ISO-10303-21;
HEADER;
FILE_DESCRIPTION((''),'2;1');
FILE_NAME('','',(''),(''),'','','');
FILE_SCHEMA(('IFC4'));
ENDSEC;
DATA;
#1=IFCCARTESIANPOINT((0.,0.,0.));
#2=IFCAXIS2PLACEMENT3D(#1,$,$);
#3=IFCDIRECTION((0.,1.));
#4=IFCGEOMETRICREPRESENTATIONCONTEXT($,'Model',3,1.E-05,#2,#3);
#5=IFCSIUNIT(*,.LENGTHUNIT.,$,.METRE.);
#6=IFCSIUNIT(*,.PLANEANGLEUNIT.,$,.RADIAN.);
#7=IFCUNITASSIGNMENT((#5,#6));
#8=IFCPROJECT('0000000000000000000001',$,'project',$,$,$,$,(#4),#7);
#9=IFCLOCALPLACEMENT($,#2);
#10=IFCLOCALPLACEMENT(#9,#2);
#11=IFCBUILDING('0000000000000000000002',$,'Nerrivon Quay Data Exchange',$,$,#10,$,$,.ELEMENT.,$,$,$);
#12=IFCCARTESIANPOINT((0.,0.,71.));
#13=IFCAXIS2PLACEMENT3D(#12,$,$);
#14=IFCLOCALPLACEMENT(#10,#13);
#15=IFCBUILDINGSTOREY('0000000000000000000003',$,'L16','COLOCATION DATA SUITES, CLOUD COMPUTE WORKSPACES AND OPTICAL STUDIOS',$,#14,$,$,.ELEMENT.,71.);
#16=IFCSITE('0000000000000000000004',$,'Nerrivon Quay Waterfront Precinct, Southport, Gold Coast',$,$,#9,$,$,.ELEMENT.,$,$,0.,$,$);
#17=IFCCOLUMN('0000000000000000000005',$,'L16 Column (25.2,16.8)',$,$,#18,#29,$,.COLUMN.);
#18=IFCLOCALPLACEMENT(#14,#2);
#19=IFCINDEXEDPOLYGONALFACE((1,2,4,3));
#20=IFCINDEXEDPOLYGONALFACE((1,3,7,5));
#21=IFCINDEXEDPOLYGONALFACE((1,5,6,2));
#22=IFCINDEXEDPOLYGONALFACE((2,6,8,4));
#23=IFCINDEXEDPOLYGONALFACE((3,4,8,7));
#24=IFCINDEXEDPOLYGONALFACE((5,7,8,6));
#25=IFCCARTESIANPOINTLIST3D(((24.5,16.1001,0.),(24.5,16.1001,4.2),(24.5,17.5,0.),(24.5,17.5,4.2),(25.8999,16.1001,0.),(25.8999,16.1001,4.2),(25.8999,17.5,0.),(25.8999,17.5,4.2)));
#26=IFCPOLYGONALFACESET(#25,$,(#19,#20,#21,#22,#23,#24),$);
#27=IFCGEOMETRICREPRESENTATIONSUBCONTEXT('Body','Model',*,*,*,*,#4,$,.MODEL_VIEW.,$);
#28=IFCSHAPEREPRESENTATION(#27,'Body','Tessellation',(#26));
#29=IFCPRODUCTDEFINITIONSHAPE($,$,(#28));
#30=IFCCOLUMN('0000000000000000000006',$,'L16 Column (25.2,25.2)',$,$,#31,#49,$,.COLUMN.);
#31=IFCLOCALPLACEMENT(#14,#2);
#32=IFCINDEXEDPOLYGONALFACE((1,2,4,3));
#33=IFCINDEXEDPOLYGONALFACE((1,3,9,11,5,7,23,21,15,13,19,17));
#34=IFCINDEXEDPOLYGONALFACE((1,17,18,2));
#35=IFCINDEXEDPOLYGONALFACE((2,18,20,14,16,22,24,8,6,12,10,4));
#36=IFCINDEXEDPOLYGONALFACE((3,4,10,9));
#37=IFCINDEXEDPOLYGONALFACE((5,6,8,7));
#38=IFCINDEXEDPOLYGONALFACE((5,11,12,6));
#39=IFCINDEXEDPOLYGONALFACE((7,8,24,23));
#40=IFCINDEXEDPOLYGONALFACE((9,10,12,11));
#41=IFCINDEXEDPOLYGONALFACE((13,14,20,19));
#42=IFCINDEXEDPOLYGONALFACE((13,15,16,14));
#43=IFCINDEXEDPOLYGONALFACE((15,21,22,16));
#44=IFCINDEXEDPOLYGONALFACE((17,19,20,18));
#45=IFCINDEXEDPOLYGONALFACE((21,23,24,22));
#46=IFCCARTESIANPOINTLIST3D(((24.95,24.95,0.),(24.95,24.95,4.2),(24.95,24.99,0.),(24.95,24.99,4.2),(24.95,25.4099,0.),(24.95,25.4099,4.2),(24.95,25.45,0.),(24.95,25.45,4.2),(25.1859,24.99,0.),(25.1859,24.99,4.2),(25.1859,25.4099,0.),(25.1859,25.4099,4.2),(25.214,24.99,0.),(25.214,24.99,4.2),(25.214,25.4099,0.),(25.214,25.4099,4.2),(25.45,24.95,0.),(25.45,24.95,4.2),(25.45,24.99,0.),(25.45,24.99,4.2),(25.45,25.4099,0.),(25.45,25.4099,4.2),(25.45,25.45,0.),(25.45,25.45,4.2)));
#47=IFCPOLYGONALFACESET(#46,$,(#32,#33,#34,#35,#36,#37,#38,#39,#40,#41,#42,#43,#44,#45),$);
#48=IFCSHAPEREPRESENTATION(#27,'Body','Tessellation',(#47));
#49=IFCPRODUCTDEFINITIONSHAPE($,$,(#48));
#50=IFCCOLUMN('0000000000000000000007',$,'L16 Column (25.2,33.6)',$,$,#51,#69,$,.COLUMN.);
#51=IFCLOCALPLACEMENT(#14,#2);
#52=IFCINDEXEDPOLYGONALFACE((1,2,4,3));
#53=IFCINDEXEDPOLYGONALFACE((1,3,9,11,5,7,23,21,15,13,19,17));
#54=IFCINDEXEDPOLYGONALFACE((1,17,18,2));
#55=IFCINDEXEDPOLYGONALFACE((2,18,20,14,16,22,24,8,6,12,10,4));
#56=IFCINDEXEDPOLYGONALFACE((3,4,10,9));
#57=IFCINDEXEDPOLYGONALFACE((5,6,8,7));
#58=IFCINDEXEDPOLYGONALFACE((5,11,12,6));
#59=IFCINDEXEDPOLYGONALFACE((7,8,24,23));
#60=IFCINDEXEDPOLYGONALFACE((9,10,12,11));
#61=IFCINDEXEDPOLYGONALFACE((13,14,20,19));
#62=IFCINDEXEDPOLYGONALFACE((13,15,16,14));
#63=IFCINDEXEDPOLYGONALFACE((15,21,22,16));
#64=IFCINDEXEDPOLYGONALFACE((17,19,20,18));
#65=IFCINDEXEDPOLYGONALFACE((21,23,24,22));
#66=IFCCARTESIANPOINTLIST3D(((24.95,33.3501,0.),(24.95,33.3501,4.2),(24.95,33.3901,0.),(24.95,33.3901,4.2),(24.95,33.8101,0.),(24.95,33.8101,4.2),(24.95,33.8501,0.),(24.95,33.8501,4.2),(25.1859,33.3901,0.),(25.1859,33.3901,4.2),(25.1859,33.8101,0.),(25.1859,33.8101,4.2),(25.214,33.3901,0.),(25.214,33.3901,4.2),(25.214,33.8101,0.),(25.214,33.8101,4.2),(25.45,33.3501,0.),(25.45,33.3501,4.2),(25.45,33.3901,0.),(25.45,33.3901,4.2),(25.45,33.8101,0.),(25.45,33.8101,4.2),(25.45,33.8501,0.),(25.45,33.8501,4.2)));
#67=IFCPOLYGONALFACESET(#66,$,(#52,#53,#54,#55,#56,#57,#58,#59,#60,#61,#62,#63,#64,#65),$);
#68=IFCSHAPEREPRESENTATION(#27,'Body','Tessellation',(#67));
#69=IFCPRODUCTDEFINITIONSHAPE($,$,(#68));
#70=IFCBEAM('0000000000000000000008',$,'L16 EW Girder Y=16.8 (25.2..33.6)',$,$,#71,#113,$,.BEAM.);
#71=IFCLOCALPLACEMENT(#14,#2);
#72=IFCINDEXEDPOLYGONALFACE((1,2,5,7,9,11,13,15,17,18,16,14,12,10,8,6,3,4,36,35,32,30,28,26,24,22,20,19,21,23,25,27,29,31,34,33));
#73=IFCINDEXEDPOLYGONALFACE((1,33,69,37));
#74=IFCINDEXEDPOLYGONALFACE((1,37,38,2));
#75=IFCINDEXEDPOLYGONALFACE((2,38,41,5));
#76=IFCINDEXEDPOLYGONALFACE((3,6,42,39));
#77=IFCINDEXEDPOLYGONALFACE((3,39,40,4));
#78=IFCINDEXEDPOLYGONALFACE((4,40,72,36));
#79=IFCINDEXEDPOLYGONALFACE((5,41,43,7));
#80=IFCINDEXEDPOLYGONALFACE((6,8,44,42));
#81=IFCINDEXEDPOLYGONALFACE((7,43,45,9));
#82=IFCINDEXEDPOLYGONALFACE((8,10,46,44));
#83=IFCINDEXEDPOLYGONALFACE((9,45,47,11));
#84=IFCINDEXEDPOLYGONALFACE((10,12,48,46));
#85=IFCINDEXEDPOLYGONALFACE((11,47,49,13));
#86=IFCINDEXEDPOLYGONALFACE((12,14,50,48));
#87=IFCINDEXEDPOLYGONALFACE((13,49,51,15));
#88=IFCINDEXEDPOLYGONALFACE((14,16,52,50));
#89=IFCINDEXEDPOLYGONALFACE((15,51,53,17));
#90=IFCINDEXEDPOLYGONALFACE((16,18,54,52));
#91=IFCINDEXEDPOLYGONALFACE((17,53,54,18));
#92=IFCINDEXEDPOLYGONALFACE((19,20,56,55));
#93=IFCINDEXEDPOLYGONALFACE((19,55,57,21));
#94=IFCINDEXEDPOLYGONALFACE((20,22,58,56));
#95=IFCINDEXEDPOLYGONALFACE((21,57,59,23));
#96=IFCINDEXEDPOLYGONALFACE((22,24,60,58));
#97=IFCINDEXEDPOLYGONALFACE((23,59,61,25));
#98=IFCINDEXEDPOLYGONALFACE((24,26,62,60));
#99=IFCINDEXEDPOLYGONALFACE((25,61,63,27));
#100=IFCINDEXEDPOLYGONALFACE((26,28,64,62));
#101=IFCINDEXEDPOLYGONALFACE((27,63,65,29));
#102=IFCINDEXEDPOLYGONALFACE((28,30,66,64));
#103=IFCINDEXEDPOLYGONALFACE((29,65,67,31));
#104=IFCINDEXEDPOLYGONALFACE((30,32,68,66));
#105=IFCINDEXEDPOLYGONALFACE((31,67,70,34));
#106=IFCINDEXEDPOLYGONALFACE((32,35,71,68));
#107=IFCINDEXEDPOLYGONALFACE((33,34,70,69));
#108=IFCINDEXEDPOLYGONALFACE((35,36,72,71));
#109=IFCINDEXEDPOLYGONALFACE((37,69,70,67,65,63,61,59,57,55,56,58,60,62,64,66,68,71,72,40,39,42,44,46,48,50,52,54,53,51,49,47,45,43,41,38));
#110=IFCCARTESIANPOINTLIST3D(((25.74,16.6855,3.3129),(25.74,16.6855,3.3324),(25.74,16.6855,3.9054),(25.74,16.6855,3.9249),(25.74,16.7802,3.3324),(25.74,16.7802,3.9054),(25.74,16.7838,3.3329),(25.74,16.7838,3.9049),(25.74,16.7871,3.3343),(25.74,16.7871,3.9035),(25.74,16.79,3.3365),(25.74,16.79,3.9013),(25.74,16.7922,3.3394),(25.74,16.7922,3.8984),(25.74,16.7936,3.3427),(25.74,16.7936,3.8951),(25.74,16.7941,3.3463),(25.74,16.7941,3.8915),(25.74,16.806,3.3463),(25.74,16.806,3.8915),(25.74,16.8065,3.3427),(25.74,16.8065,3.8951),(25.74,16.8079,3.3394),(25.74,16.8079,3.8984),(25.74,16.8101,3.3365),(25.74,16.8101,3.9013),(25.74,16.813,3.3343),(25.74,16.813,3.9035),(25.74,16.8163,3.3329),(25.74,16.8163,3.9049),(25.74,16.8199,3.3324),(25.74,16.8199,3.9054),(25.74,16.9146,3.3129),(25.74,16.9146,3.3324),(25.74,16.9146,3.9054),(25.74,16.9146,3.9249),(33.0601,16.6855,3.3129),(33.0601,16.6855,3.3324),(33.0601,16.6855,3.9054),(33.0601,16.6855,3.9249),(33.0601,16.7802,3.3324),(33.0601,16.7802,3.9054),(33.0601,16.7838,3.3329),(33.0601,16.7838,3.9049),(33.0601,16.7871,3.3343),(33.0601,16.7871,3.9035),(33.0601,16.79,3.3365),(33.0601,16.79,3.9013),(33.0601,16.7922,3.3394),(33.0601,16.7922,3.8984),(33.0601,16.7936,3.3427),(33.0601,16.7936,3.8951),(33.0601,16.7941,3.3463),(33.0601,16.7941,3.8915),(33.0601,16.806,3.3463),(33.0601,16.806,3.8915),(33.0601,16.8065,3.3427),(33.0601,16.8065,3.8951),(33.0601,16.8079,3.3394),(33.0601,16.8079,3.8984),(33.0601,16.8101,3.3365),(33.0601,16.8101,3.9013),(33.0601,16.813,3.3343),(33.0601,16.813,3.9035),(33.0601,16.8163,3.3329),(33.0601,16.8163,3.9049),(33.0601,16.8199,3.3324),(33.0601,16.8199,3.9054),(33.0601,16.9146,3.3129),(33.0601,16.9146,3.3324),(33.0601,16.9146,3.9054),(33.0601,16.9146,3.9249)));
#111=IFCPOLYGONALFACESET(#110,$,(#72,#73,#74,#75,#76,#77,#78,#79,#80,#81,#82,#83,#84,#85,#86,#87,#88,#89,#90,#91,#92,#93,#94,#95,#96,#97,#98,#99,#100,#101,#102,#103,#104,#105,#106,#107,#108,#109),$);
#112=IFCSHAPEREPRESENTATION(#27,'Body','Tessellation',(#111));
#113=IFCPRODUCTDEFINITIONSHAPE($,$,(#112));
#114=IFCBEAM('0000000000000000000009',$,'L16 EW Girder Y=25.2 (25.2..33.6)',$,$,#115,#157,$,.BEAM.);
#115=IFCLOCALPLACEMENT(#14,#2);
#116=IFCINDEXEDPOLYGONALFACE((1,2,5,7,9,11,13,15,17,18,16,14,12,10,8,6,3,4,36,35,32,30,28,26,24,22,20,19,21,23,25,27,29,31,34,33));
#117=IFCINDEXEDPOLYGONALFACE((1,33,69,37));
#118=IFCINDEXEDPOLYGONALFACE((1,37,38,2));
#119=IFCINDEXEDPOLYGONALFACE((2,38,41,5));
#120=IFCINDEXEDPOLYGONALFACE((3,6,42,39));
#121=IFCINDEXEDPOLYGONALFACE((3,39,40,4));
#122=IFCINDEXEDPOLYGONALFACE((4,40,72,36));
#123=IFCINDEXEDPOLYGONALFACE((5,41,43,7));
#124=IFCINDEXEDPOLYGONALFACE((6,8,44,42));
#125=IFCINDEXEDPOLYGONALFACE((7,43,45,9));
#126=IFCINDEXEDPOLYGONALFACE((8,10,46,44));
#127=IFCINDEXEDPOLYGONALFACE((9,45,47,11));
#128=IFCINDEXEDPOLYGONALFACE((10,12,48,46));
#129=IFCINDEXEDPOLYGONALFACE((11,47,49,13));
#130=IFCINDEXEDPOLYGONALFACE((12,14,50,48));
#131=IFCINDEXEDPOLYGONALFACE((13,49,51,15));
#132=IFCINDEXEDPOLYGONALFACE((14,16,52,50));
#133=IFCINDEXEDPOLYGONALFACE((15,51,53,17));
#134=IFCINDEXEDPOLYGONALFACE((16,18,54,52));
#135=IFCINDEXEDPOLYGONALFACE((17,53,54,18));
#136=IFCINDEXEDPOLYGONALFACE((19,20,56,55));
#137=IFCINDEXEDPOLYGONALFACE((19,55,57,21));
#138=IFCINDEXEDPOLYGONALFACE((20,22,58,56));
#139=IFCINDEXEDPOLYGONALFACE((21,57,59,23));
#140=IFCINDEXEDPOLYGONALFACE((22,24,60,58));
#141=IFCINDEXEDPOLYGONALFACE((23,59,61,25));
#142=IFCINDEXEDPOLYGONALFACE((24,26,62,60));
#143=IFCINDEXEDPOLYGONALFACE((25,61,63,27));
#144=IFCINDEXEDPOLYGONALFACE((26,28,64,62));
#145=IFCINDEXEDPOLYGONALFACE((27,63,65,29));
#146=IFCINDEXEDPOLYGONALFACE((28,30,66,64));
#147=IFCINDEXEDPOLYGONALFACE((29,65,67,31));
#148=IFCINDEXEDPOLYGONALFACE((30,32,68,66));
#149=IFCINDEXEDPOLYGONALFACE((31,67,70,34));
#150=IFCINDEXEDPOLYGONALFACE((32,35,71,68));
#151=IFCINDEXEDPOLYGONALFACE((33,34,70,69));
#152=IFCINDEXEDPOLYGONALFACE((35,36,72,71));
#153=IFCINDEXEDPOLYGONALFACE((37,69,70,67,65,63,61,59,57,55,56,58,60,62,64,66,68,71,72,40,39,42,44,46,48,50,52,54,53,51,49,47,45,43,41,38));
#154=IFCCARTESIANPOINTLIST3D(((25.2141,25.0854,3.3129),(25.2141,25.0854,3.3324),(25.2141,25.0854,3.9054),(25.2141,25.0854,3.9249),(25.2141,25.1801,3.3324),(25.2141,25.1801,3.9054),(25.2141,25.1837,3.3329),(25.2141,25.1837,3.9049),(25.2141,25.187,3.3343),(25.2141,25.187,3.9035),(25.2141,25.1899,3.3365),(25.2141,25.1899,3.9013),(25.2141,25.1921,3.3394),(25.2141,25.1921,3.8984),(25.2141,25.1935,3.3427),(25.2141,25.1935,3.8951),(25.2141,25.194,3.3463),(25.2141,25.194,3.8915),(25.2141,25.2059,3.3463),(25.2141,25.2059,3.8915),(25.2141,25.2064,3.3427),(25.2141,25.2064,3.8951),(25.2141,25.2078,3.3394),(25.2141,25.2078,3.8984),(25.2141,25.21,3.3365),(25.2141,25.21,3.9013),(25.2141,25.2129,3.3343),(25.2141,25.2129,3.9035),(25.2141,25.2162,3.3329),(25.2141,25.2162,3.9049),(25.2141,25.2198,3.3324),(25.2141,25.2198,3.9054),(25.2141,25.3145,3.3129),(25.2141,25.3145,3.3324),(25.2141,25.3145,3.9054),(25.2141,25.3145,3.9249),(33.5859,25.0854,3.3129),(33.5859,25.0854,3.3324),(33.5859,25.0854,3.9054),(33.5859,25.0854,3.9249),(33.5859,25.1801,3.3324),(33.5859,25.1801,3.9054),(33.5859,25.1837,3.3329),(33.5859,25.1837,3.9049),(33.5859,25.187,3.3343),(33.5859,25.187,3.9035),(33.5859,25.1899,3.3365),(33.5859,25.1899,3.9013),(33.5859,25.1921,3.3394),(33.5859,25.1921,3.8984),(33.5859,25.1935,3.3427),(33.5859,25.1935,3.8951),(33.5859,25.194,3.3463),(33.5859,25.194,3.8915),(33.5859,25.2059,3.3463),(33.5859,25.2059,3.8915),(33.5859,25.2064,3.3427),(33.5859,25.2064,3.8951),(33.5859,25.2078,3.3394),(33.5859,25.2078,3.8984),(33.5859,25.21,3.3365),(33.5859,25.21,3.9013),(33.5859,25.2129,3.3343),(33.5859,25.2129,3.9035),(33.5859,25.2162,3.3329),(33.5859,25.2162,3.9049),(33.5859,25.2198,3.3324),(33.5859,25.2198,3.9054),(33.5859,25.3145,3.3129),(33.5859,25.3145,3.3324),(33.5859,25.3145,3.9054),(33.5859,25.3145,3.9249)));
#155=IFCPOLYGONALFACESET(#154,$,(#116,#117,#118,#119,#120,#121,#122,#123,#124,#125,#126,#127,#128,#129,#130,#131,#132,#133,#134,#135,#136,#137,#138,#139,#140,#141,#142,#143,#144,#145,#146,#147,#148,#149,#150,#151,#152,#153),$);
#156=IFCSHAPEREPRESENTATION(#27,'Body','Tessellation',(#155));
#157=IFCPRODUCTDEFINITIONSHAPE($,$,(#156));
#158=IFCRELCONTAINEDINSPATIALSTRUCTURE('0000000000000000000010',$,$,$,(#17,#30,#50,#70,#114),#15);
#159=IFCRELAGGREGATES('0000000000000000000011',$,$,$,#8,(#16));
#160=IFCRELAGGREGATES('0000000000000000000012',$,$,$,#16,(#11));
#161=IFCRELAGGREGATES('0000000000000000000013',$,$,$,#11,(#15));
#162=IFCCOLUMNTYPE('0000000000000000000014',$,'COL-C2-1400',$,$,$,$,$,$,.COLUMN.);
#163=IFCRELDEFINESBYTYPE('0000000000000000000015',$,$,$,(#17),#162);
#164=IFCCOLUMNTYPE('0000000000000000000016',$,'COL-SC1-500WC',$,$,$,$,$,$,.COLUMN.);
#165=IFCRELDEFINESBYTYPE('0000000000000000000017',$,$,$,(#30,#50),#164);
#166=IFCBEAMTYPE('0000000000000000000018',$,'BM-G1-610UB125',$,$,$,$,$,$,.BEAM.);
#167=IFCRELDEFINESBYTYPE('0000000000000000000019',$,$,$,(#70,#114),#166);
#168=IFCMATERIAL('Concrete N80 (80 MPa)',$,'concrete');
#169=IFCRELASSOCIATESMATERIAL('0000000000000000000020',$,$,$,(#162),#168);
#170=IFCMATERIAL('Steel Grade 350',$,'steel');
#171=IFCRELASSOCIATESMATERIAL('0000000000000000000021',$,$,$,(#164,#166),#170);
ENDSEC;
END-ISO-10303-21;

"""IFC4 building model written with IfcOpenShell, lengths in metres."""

from ifc_helpers import new_model, si_unit, direction, frame, origin, origin_2d, place, context, subcontext, project, spatial, rectangle, i_section, extrude, material, material_profile, profile_set, type_object, element, save


model = new_model("IFC4")

# Units and contexts
model_context = context("Model", 3, precision=1e-05, world=origin(), true_north=direction((0.0, 1.0)))
body_context = subcontext(model_context, "Body", "Model", "MODEL_VIEW")
ifc_project = project(units=[si_unit("LENGTHUNIT", "METRE"), si_unit("PLANEANGLEUNIT", "RADIAN")], contexts=[model_context])

# Site, building, storey
site_placement = place(None, origin())
site = spatial("IfcSite", under=ifc_project, at=site_placement, Name="Nerrivon Quay Waterfront Precinct, Southport, Gold Coast", CompositionType="ELEMENT", RefElevation=0.0)
building_placement = place(site_placement, origin())
building = spatial("IfcBuilding", under=site, at=building_placement, Name="Nerrivon Quay Data Exchange", CompositionType="ELEMENT")
storey_placement = place(building_placement, frame((0.0, 0.0, 71.0)))
storey = spatial("IfcBuildingStorey", under=building, at=storey_placement, Name="L16", Description="COLOCATION DATA SUITES, CLOUD COMPUTE WORKSPACES AND OPTICAL STUDIOS", CompositionType="ELEMENT", Elevation=71.0)

# Columns
ifc_material_1 = material(Name="Concrete N80 (80 MPa)", Category="concrete")
ifc_material_profile_1 = material_profile(ifc_material_1, rectangle(XDim=1.3999, YDim=1.3999, at=origin_2d()), Name="RC-COL-1400x1400")
ifc_profile_set_1 = profile_set([ifc_material_profile_1], Name="Concrete N80 (80 MPa)")
column_type_1 = type_object("IfcColumnType", Name="COL-C2-1400", PredefinedType="COLUMN", material=ifc_profile_set_1)
column_placement = place(storey_placement, frame((25.2, 16.8, 0.0), z_axis=(0.0, 0.0, 1.0), x_axis=(1.0, 0.0, 0.0)))
element("IfcColumn", 1, at=column_placement, inside=storey, type_object=column_type_1, Name="L16 Column (25.2,16.8)", PredefinedType="COLUMN", context=body_context, shape_type="SweptSolid", body=[
    extrude(rectangle(XDim=1.3999, YDim=1.3999, at=origin_2d()), origin(), (0.0, 0.0, 1.0), 4.2),
])
ifc_material_2 = material(Name="Steel Grade 350", Category="steel")
ifc_material_profile_2 = material_profile(ifc_material_2, i_section(OverallWidth=0.5, OverallDepth=0.5, WebThickness=0.0281, FlangeThickness=0.04, at=origin_2d()), Name="500WC440")
ifc_profile_set_2 = profile_set([ifc_material_profile_2], Name="Steel Grade 350")
column_type_2 = type_object("IfcColumnType", Name="COL-SC1-500WC", PredefinedType="COLUMN", material=ifc_profile_set_2)
for number, where, z_axis, x_axis, name in (
    (2, (25.2, 25.2, 0.0), (0.0, 0.0, 1.0), (1.0, 0.0, 0.0), "L16 Column (25.2,25.2)"),
    (3, (25.2, 33.6001, 0.0), (0.0, 0.0, 1.0), (1.0, 0.0, 0.0), "L16 Column (25.2,33.6)"),
):
    element("IfcColumn", number, at=place(storey_placement, frame(where, z_axis=z_axis, x_axis=x_axis)), inside=storey, type_object=column_type_2, Name=name, PredefinedType="COLUMN", context=body_context, shape_type="SweptSolid", body=[
        extrude(i_section(OverallWidth=0.5, OverallDepth=0.5, WebThickness=0.0281, FlangeThickness=0.04, at=origin_2d()), origin(), (0.0, 0.0, 1.0), 4.2),
    ])

# Beams
ifc_material_profile_3 = material_profile(ifc_material_2, i_section(OverallWidth=0.229, OverallDepth=0.6121, WebThickness=0.012, FlangeThickness=0.0195, FilletRadius=0.0139, at=origin_2d()), Name="610UB125")
ifc_profile_set_3 = profile_set([ifc_material_profile_3], Name="Steel Grade 350")
beam_type_1 = type_object("IfcBeamType", Name="BM-G1-610UB125", PredefinedType="BEAM", material=ifc_profile_set_3)
beam_1_placement = place(storey_placement, frame((25.74, 16.8, 3.6189), z_axis=(1.0, 0.0, 0.0), x_axis=(0.0, 1.0, 0.0)))
element("IfcBeam", 4, at=beam_1_placement, inside=storey, type_object=beam_type_1, Name="L16 EW Girder Y=16.8 (25.2..33.6)", PredefinedType="BEAM", context=body_context, shape_type="SweptSolid", body=[
    extrude(i_section(OverallWidth=0.229, OverallDepth=0.6121, WebThickness=0.012, FlangeThickness=0.0195, FilletRadius=0.0139, at=origin_2d()), origin(), (0.0, 0.0, 1.0), 7.3201),
])
beam_2_placement = place(storey_placement, frame((25.2141, 25.2, 3.6189), z_axis=(1.0, 0.0, 0.0), x_axis=(0.0, 1.0, 0.0)))
element("IfcBeam", 5, at=beam_2_placement, inside=storey, type_object=beam_type_1, Name="L16 EW Girder Y=25.2 (25.2..33.6)", PredefinedType="BEAM", context=body_context, shape_type="SweptSolid", body=[
    extrude(i_section(OverallWidth=0.229, OverallDepth=0.6121, WebThickness=0.012, FlangeThickness=0.0195, FilletRadius=0.0139, at=origin_2d()), origin(), (0.0, 0.0, 1.0), 8.3718),
])

save(model, "model.ifc")
